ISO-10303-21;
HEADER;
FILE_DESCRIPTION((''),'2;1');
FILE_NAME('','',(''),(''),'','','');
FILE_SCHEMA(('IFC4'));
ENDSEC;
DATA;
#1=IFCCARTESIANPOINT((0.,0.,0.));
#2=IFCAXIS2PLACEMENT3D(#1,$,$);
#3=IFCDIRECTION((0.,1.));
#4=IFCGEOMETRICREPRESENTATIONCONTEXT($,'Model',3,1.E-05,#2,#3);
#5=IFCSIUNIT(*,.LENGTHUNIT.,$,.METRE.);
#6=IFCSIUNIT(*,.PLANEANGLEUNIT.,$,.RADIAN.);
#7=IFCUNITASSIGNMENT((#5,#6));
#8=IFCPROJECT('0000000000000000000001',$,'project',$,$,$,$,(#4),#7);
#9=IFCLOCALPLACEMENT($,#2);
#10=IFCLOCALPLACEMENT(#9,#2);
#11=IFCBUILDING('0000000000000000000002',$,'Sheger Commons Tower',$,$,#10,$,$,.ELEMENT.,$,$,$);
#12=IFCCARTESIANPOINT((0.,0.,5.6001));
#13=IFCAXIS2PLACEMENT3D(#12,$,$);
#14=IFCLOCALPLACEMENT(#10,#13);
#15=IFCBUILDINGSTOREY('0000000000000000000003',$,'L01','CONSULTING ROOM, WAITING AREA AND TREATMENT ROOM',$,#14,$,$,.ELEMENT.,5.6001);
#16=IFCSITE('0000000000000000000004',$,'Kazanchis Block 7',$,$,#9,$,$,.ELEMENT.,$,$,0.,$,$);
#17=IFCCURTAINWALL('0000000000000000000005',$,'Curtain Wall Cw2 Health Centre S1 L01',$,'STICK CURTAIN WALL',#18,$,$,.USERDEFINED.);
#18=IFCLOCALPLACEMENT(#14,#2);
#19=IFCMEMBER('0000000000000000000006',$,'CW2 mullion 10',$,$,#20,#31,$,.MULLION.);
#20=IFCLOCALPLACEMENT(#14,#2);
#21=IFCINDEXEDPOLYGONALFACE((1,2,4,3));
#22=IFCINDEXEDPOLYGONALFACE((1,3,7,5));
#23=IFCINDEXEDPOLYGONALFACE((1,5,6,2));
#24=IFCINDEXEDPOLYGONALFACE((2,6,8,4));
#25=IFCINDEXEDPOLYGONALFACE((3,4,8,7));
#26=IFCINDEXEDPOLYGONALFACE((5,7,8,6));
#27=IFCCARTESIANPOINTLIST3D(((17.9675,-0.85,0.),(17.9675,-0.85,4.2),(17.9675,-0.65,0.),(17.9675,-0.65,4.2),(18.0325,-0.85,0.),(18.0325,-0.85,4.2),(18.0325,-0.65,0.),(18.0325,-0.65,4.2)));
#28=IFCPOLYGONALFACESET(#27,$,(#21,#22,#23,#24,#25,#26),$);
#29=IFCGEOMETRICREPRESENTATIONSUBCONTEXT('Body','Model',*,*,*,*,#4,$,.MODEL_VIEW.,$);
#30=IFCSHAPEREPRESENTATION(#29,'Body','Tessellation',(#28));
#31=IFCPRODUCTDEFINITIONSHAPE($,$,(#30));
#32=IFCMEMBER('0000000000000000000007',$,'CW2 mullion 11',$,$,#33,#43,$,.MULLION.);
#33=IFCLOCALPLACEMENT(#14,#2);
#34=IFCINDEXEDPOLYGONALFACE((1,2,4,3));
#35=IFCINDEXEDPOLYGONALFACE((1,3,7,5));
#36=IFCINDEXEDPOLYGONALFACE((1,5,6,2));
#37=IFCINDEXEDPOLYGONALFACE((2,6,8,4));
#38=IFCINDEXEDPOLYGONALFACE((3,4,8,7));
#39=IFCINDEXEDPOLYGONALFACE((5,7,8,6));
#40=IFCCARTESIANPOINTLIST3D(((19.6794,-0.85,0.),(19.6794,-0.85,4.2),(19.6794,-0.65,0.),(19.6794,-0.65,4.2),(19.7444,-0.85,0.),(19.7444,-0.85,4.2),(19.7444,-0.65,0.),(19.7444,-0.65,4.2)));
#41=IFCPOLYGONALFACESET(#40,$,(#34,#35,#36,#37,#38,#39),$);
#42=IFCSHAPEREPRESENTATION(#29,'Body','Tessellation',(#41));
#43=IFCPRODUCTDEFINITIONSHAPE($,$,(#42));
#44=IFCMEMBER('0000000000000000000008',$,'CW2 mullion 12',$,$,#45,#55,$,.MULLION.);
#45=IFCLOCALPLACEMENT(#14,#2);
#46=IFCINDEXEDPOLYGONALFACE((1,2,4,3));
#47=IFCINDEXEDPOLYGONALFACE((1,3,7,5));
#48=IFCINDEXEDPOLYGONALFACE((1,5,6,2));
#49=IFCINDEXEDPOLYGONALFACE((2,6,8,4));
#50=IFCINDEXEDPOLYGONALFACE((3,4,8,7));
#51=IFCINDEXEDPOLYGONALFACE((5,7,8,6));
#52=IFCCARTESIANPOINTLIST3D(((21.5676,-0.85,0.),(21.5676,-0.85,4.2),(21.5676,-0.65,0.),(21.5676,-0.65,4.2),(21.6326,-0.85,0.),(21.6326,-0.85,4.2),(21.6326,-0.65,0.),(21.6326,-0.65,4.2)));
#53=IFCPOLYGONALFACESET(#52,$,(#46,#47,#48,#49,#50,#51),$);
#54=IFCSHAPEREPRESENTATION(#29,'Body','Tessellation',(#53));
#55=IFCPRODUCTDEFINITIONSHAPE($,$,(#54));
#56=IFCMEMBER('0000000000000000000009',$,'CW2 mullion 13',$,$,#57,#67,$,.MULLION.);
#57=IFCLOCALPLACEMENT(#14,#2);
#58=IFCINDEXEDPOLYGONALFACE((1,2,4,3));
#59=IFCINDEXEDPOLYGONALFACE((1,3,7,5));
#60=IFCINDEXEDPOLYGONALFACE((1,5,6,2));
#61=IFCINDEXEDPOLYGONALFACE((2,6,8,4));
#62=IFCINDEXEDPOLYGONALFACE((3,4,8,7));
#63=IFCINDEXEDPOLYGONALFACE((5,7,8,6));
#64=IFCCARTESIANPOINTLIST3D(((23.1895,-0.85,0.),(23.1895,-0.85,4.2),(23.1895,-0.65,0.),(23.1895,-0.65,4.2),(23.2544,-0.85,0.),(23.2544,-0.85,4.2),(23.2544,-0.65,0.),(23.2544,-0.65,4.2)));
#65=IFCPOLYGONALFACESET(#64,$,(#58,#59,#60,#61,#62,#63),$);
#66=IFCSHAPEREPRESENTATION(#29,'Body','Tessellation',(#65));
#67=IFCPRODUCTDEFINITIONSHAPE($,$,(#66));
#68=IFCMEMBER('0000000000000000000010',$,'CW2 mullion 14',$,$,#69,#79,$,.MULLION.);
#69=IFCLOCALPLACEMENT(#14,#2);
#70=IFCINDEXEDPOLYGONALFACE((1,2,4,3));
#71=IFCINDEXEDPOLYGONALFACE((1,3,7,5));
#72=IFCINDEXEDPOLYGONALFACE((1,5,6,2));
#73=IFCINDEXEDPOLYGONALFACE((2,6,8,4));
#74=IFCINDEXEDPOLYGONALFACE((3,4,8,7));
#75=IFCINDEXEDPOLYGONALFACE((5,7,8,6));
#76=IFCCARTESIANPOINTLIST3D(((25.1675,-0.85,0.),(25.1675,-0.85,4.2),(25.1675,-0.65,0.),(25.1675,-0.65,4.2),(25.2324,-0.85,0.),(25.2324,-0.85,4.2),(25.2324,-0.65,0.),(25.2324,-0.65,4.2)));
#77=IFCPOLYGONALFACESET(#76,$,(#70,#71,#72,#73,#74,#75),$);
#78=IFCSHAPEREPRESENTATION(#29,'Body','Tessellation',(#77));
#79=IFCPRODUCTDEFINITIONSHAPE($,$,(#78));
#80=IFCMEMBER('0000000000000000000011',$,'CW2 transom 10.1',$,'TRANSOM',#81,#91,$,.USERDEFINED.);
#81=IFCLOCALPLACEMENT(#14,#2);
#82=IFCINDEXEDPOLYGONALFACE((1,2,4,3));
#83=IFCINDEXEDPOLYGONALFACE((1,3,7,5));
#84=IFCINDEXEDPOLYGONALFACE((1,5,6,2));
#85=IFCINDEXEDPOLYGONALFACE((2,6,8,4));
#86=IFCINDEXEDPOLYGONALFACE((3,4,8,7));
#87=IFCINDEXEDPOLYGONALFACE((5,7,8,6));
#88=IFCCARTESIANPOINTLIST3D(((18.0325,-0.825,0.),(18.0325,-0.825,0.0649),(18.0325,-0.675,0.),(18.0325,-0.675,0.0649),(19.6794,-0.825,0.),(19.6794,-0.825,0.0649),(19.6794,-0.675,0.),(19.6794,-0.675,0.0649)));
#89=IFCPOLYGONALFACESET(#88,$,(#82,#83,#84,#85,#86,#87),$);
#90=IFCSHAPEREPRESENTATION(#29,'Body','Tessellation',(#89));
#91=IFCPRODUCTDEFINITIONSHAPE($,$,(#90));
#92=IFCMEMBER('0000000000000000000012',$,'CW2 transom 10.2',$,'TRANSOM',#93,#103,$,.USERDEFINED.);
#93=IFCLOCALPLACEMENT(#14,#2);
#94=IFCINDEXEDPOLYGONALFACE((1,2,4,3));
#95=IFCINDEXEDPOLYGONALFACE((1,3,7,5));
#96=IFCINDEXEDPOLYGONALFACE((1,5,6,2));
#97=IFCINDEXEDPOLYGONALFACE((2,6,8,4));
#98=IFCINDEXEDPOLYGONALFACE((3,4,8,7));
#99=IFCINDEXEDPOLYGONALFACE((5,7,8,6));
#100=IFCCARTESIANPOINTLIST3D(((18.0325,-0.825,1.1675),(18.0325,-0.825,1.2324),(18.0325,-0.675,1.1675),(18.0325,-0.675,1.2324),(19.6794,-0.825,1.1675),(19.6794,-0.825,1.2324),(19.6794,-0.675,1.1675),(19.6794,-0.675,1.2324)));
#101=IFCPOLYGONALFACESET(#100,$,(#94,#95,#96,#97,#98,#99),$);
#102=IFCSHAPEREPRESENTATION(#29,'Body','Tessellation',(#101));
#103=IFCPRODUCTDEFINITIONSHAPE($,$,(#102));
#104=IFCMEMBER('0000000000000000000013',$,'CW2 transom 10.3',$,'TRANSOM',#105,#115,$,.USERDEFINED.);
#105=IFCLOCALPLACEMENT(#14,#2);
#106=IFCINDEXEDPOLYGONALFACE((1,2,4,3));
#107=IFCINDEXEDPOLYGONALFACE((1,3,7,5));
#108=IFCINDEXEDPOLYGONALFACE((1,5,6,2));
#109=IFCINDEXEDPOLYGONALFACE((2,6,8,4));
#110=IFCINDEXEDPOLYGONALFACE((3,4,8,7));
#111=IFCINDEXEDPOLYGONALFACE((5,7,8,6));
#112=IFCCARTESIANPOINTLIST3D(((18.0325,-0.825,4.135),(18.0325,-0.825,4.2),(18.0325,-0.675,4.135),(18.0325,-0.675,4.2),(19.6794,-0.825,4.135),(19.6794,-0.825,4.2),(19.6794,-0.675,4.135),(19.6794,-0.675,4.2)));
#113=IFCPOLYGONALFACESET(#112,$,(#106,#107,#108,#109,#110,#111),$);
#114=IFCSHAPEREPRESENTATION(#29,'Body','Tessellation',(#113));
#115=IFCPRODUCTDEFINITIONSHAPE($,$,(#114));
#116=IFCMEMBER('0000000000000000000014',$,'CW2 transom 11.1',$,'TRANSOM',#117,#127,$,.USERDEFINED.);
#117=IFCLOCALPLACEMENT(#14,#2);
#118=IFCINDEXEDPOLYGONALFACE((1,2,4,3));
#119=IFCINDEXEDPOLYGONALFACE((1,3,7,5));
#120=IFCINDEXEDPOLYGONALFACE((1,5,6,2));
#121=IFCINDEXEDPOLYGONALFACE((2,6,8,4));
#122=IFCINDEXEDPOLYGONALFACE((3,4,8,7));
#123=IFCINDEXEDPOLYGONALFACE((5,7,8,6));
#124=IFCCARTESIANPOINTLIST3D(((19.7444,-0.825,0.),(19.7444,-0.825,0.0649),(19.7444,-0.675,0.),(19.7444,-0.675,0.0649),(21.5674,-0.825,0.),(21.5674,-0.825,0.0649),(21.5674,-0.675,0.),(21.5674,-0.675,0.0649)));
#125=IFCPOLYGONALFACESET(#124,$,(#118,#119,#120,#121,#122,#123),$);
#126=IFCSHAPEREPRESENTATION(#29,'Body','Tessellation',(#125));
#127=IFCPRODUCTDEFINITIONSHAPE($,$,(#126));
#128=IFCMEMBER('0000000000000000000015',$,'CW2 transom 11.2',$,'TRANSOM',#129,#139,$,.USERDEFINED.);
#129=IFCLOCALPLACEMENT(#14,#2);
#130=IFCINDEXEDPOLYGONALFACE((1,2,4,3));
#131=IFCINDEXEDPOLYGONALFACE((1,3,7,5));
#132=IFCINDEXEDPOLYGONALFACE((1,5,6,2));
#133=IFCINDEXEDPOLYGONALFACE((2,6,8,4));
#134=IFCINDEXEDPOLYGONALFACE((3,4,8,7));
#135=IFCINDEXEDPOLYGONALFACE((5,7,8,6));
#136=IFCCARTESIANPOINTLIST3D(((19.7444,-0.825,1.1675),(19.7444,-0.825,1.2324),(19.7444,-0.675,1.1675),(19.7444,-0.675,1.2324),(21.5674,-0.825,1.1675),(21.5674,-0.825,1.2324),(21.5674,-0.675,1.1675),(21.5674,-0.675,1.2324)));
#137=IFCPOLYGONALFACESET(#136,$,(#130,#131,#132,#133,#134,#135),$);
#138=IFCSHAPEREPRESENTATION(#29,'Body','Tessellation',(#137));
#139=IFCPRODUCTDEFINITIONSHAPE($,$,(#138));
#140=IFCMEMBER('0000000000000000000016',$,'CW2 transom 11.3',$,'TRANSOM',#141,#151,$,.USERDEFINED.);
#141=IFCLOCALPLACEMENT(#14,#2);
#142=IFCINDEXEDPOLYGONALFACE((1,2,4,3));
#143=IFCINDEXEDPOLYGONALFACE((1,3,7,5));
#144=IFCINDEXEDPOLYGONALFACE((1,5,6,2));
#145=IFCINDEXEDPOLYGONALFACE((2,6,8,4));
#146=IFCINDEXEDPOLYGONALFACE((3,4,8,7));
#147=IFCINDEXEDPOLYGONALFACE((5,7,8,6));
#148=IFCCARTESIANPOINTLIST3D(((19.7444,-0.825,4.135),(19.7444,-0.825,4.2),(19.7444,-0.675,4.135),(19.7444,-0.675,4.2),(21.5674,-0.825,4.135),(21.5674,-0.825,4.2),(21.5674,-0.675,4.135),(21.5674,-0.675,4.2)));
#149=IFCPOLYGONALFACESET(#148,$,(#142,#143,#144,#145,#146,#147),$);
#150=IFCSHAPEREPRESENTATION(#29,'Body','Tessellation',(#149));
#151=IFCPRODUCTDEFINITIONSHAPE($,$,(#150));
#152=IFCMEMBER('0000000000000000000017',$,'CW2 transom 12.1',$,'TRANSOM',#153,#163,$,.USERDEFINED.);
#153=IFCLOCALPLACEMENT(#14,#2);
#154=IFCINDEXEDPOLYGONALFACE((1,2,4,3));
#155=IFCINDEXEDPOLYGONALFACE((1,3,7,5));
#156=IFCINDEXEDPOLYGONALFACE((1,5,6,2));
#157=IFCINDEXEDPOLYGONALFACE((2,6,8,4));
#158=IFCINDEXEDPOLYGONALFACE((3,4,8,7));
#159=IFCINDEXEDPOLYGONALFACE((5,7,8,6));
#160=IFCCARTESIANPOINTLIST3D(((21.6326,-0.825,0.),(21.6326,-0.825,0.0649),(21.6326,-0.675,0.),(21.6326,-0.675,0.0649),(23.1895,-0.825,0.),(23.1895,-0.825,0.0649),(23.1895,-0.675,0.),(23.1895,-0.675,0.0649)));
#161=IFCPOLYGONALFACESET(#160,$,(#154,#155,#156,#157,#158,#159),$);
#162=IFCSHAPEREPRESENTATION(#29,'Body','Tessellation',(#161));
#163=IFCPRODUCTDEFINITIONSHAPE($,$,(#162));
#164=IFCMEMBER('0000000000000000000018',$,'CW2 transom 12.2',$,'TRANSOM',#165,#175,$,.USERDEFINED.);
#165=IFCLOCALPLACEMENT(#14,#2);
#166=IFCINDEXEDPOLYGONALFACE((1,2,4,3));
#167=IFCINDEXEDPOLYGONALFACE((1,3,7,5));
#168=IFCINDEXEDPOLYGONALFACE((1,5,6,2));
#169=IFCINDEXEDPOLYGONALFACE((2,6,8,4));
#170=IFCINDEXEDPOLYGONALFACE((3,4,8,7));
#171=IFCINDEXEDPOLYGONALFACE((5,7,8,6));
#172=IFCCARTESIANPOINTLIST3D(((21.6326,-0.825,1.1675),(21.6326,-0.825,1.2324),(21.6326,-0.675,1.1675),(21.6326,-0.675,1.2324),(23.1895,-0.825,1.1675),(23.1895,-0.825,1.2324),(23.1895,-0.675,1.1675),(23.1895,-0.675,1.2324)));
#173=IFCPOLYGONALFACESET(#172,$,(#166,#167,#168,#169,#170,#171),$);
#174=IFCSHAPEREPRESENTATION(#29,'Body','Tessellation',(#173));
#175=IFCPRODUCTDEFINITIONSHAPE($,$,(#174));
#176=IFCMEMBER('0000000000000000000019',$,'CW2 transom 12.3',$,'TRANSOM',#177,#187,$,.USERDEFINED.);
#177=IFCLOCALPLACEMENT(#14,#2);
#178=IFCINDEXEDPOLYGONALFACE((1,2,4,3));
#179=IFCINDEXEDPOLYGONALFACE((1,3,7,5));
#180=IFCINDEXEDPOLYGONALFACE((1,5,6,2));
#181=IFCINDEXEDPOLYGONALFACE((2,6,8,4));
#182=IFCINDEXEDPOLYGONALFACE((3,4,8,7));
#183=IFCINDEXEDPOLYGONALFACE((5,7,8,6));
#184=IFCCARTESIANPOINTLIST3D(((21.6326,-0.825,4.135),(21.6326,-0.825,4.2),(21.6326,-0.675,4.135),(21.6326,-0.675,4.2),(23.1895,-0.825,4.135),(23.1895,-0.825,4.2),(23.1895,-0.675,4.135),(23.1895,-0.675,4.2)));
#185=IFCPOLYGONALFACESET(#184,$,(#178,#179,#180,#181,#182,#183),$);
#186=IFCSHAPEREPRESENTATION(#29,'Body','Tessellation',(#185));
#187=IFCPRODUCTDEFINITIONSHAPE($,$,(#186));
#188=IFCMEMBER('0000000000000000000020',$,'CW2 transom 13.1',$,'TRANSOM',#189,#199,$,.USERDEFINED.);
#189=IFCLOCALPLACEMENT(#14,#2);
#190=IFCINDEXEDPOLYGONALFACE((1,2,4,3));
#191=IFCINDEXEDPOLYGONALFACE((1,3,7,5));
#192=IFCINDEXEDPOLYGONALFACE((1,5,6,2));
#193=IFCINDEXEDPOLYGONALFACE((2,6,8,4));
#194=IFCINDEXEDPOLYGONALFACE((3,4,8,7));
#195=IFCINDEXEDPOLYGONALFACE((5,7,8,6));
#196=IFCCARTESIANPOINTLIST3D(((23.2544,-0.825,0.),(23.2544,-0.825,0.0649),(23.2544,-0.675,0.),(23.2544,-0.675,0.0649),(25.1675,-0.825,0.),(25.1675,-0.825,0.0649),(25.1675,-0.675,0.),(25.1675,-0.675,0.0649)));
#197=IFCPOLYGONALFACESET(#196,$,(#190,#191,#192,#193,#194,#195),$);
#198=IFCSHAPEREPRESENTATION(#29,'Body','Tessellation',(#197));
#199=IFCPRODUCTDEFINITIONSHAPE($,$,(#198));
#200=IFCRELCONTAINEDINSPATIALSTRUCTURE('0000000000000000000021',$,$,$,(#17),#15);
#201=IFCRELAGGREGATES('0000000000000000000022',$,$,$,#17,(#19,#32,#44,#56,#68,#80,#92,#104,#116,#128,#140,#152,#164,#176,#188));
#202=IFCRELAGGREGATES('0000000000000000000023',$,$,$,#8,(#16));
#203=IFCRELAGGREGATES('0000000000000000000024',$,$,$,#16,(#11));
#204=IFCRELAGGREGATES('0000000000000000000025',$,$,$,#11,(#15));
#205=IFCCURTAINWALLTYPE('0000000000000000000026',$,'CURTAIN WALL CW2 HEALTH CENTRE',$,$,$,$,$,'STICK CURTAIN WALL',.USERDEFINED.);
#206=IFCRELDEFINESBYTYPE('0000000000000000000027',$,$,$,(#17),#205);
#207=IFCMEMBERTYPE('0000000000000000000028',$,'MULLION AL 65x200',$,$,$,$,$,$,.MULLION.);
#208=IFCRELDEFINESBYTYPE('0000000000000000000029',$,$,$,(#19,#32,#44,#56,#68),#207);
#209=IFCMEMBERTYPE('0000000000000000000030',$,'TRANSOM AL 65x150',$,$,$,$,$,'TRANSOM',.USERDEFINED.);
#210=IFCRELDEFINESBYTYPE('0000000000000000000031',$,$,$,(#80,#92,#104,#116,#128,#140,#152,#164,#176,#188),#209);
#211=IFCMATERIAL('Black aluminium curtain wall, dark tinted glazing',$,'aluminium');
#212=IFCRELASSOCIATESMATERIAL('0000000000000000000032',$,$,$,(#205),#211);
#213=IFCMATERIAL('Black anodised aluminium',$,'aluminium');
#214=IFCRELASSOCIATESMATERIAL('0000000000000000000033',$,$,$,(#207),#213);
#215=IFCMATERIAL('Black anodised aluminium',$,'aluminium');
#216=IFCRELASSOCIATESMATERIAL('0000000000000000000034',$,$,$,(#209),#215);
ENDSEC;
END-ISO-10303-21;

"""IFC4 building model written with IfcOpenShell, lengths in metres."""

from ifc_helpers import new_model, si_unit, direction, frame, origin, origin_2d, place, context, subcontext, project, spatial, rectangle, extrude, material, material_profile, profile_set, type_object, element, aggregate, save


model = new_model("IFC4")

# Units and contexts
model_context = context("Model", 3, precision=1e-05, world=origin(), true_north=direction((0.0, 1.0)))
body_context = subcontext(model_context, "Body", "Model", "MODEL_VIEW")
ifc_project = project(units=[si_unit("LENGTHUNIT", "METRE"), si_unit("PLANEANGLEUNIT", "RADIAN")], contexts=[model_context])

# Site, building, storey
site_placement = place(None, origin())
site = spatial("IfcSite", under=ifc_project, at=site_placement, Name="Kazanchis Block 7", CompositionType="ELEMENT", RefElevation=0.0)
building_placement = place(site_placement, origin())
building = spatial("IfcBuilding", under=site, at=building_placement, Name="Sheger Commons Tower", CompositionType="ELEMENT")
storey_placement = place(building_placement, frame((0.0, 0.0, 5.6001)))
storey = spatial("IfcBuildingStorey", under=building, at=storey_placement, Name="L01", Description="CONSULTING ROOM, WAITING AREA AND TREATMENT ROOM", CompositionType="ELEMENT", Elevation=5.6001)

# Curtain wall, members
ifc_material_1 = material(Name="Black aluminium curtain wall, dark tinted glazing", Category="aluminium")
curtain_wall_type = type_object("IfcCurtainWallType", Name="CURTAIN WALL CW2 HEALTH CENTRE", ElementType="STICK CURTAIN WALL", PredefinedType="USERDEFINED", material=ifc_material_1)
curtain_wall_placement = place(storey_placement, origin())
curtain_wall = element("IfcCurtainWall", 1, at=curtain_wall_placement, inside=storey, type_object=curtain_wall_type, Name="Curtain Wall Cw2 Health Centre S1 L01", ObjectType="STICK CURTAIN WALL", PredefinedType="USERDEFINED")
ifc_material_2 = material(Name="Black anodised aluminium", Category="aluminium")
ifc_material_profile_1 = material_profile(ifc_material_2, rectangle(XDim=0.2, YDim=0.0649, at=origin_2d()), Name="AL 65x200")
ifc_profile_set_1 = profile_set([ifc_material_profile_1], Name="Black anodised aluminium")
member_type_1 = type_object("IfcMemberType", Name="MULLION AL 65x200", PredefinedType="MULLION", material=ifc_profile_set_1)
member_1_placement = place(storey_placement, frame((18.0, -0.75, 0.0), z_axis=(0.0, 0.0, 1.0), x_axis=(0.0, 1.0, 0.0)))
member_1 = element("IfcMember", 2, at=member_1_placement, type_object=member_type_1, Name="CW2 mullion 10", PredefinedType="MULLION", context=body_context, shape_type="SweptSolid", body=[
    extrude(rectangle(XDim=0.2, YDim=0.0649, at=origin_2d()), origin(), (0.0, 0.0, 1.0), 4.2),
])
member_2_placement = place(storey_placement, frame((19.7119, -0.75, 0.0), z_axis=(0.0, 0.0, 1.0), x_axis=(0.0, 1.0, 0.0)))
member_2 = element("IfcMember", 3, at=member_2_placement, type_object=member_type_1, Name="CW2 mullion 11", PredefinedType="MULLION", context=body_context, shape_type="SweptSolid", body=[
    extrude(rectangle(XDim=0.2, YDim=0.0649, at=origin_2d()), origin(), (0.0, 0.0, 1.0), 4.2),
])
member_3_placement = place(storey_placement, frame((21.6001, -0.75, 0.0), z_axis=(0.0, 0.0, 1.0), x_axis=(0.0, 1.0, 0.0)))
member_3 = element("IfcMember", 4, at=member_3_placement, type_object=member_type_1, Name="CW2 mullion 12", PredefinedType="MULLION", context=body_context, shape_type="SweptSolid", body=[
    extrude(rectangle(XDim=0.2, YDim=0.0649, at=origin_2d()), origin(), (0.0, 0.0, 1.0), 4.2),
])
member_4_placement = place(storey_placement, frame((23.2219, -0.75, 0.0), z_axis=(0.0, 0.0, 1.0), x_axis=(0.0, 1.0, 0.0)))
member_4 = element("IfcMember", 5, at=member_4_placement, type_object=member_type_1, Name="CW2 mullion 13", PredefinedType="MULLION", context=body_context, shape_type="SweptSolid", body=[
    extrude(rectangle(XDim=0.2, YDim=0.0649, at=origin_2d()), origin(), (0.0, 0.0, 1.0), 4.2),
])
member_5_placement = place(storey_placement, frame((25.2, -0.75, 0.0), z_axis=(0.0, 0.0, 1.0), x_axis=(0.0, 1.0, 0.0)))
member_5 = element("IfcMember", 6, at=member_5_placement, type_object=member_type_1, Name="CW2 mullion 14", PredefinedType="MULLION", context=body_context, shape_type="SweptSolid", body=[
    extrude(rectangle(XDim=0.2, YDim=0.0649, at=origin_2d()), origin(), (0.0, 0.0, 1.0), 4.2),
])
ifc_material_3 = material(Name="Black anodised aluminium", Category="aluminium")
ifc_material_profile_2 = material_profile(ifc_material_3, rectangle(XDim=0.1499, YDim=0.0649, at=origin_2d()), Name="AL 65x150")
ifc_profile_set_2 = profile_set([ifc_material_profile_2], Name="Black anodised aluminium")
member_type_2 = type_object("IfcMemberType", Name="TRANSOM AL 65x150", ElementType="TRANSOM", PredefinedType="USERDEFINED", material=ifc_profile_set_2)
member_6_placement = place(storey_placement, frame((18.0325, -0.75, 0.0325), z_axis=(1.0, 0.0, 0.0), x_axis=(0.0, 1.0, 0.0)))
member_6 = element("IfcMember", 7, at=member_6_placement, type_object=member_type_2, Name="CW2 transom 10.1", ObjectType="TRANSOM", PredefinedType="USERDEFINED", context=body_context, shape_type="SweptSolid", body=[
    extrude(rectangle(XDim=0.1499, YDim=0.0649, at=origin_2d()), origin(), (0.0, 0.0, 1.0), 1.647),
])
member_7_placement = place(storey_placement, frame((18.0325, -0.75, 1.2), z_axis=(1.0, 0.0, 0.0), x_axis=(0.0, 1.0, 0.0)))
member_7 = element("IfcMember", 8, at=member_7_placement, type_object=member_type_2, Name="CW2 transom 10.2", ObjectType="TRANSOM", PredefinedType="USERDEFINED", context=body_context, shape_type="SweptSolid", body=[
    extrude(rectangle(XDim=0.1499, YDim=0.0649, at=origin_2d()), origin(), (0.0, 0.0, 1.0), 1.647),
])
member_8_placement = place(storey_placement, frame((18.0325, -0.75, 4.1675), z_axis=(1.0, 0.0, 0.0), x_axis=(0.0, 1.0, 0.0)))
member_8 = element("IfcMember", 9, at=member_8_placement, type_object=member_type_2, Name="CW2 transom 10.3", ObjectType="TRANSOM", PredefinedType="USERDEFINED", context=body_context, shape_type="SweptSolid", body=[
    extrude(rectangle(XDim=0.1499, YDim=0.0649, at=origin_2d()), origin(), (0.0, 0.0, 1.0), 1.647),
])
member_9_placement = place(storey_placement, frame((19.7444, -0.75, 0.0325), z_axis=(1.0, 0.0, 0.0), x_axis=(0.0, 1.0, 0.0)))
member_9 = element("IfcMember", 10, at=member_9_placement, type_object=member_type_2, Name="CW2 transom 11.1", ObjectType="TRANSOM", PredefinedType="USERDEFINED", context=body_context, shape_type="SweptSolid", body=[
    extrude(rectangle(XDim=0.1499, YDim=0.0649, at=origin_2d()), origin(), (0.0, 0.0, 1.0), 1.823),
])
member_10_placement = place(storey_placement, frame((19.7444, -0.75, 1.2), z_axis=(1.0, 0.0, 0.0), x_axis=(0.0, 1.0, 0.0)))
member_10 = element("IfcMember", 11, at=member_10_placement, type_object=member_type_2, Name="CW2 transom 11.2", ObjectType="TRANSOM", PredefinedType="USERDEFINED", context=body_context, shape_type="SweptSolid", body=[
    extrude(rectangle(XDim=0.1499, YDim=0.0649, at=origin_2d()), origin(), (0.0, 0.0, 1.0), 1.823),
])
member_11_placement = place(storey_placement, frame((19.7444, -0.75, 4.1675), z_axis=(1.0, 0.0, 0.0), x_axis=(0.0, 1.0, 0.0)))
member_11 = element("IfcMember", 12, at=member_11_placement, type_object=member_type_2, Name="CW2 transom 11.3", ObjectType="TRANSOM", PredefinedType="USERDEFINED", context=body_context, shape_type="SweptSolid", body=[
    extrude(rectangle(XDim=0.1499, YDim=0.0649, at=origin_2d()), origin(), (0.0, 0.0, 1.0), 1.823),
])
member_12_placement = place(storey_placement, frame((21.6326, -0.75, 0.0325), z_axis=(1.0, 0.0, 0.0), x_axis=(0.0, 1.0, 0.0)))
member_12 = element("IfcMember", 13, at=member_12_placement, type_object=member_type_2, Name="CW2 transom 12.1", ObjectType="TRANSOM", PredefinedType="USERDEFINED", context=body_context, shape_type="SweptSolid", body=[
    extrude(rectangle(XDim=0.1499, YDim=0.0649, at=origin_2d()), origin(), (0.0, 0.0, 1.0), 1.5569),
])
member_13_placement = place(storey_placement, frame((21.6326, -0.75, 1.2), z_axis=(1.0, 0.0, 0.0), x_axis=(0.0, 1.0, 0.0)))
member_13 = element("IfcMember", 14, at=member_13_placement, type_object=member_type_2, Name="CW2 transom 12.2", ObjectType="TRANSOM", PredefinedType="USERDEFINED", context=body_context, shape_type="SweptSolid", body=[
    extrude(rectangle(XDim=0.1499, YDim=0.0649, at=origin_2d()), origin(), (0.0, 0.0, 1.0), 1.5569),
])
member_14_placement = place(storey_placement, frame((21.6326, -0.75, 4.1675), z_axis=(1.0, 0.0, 0.0), x_axis=(0.0, 1.0, 0.0)))
member_14 = element("IfcMember", 15, at=member_14_placement, type_object=member_type_2, Name="CW2 transom 12.3", ObjectType="TRANSOM", PredefinedType="USERDEFINED", context=body_context, shape_type="SweptSolid", body=[
    extrude(rectangle(XDim=0.1499, YDim=0.0649, at=origin_2d()), origin(), (0.0, 0.0, 1.0), 1.5569),
])
member_15_placement = place(storey_placement, frame((23.2544, -0.75, 0.0325), z_axis=(1.0, 0.0, 0.0), x_axis=(0.0, 1.0, 0.0)))
member_15 = element("IfcMember", 16, at=member_15_placement, type_object=member_type_2, Name="CW2 transom 13.1", ObjectType="TRANSOM", PredefinedType="USERDEFINED", context=body_context, shape_type="SweptSolid", body=[
    extrude(rectangle(XDim=0.1499, YDim=0.0649, at=origin_2d()), origin(), (0.0, 0.0, 1.0), 1.9131),
])
aggregate(curtain_wall, [member_1, member_2, member_3, member_4, member_5, member_6, member_7, member_8, member_9, member_10, member_11, member_12, member_13, member_14, member_15])

save(model, "model.ifc")
